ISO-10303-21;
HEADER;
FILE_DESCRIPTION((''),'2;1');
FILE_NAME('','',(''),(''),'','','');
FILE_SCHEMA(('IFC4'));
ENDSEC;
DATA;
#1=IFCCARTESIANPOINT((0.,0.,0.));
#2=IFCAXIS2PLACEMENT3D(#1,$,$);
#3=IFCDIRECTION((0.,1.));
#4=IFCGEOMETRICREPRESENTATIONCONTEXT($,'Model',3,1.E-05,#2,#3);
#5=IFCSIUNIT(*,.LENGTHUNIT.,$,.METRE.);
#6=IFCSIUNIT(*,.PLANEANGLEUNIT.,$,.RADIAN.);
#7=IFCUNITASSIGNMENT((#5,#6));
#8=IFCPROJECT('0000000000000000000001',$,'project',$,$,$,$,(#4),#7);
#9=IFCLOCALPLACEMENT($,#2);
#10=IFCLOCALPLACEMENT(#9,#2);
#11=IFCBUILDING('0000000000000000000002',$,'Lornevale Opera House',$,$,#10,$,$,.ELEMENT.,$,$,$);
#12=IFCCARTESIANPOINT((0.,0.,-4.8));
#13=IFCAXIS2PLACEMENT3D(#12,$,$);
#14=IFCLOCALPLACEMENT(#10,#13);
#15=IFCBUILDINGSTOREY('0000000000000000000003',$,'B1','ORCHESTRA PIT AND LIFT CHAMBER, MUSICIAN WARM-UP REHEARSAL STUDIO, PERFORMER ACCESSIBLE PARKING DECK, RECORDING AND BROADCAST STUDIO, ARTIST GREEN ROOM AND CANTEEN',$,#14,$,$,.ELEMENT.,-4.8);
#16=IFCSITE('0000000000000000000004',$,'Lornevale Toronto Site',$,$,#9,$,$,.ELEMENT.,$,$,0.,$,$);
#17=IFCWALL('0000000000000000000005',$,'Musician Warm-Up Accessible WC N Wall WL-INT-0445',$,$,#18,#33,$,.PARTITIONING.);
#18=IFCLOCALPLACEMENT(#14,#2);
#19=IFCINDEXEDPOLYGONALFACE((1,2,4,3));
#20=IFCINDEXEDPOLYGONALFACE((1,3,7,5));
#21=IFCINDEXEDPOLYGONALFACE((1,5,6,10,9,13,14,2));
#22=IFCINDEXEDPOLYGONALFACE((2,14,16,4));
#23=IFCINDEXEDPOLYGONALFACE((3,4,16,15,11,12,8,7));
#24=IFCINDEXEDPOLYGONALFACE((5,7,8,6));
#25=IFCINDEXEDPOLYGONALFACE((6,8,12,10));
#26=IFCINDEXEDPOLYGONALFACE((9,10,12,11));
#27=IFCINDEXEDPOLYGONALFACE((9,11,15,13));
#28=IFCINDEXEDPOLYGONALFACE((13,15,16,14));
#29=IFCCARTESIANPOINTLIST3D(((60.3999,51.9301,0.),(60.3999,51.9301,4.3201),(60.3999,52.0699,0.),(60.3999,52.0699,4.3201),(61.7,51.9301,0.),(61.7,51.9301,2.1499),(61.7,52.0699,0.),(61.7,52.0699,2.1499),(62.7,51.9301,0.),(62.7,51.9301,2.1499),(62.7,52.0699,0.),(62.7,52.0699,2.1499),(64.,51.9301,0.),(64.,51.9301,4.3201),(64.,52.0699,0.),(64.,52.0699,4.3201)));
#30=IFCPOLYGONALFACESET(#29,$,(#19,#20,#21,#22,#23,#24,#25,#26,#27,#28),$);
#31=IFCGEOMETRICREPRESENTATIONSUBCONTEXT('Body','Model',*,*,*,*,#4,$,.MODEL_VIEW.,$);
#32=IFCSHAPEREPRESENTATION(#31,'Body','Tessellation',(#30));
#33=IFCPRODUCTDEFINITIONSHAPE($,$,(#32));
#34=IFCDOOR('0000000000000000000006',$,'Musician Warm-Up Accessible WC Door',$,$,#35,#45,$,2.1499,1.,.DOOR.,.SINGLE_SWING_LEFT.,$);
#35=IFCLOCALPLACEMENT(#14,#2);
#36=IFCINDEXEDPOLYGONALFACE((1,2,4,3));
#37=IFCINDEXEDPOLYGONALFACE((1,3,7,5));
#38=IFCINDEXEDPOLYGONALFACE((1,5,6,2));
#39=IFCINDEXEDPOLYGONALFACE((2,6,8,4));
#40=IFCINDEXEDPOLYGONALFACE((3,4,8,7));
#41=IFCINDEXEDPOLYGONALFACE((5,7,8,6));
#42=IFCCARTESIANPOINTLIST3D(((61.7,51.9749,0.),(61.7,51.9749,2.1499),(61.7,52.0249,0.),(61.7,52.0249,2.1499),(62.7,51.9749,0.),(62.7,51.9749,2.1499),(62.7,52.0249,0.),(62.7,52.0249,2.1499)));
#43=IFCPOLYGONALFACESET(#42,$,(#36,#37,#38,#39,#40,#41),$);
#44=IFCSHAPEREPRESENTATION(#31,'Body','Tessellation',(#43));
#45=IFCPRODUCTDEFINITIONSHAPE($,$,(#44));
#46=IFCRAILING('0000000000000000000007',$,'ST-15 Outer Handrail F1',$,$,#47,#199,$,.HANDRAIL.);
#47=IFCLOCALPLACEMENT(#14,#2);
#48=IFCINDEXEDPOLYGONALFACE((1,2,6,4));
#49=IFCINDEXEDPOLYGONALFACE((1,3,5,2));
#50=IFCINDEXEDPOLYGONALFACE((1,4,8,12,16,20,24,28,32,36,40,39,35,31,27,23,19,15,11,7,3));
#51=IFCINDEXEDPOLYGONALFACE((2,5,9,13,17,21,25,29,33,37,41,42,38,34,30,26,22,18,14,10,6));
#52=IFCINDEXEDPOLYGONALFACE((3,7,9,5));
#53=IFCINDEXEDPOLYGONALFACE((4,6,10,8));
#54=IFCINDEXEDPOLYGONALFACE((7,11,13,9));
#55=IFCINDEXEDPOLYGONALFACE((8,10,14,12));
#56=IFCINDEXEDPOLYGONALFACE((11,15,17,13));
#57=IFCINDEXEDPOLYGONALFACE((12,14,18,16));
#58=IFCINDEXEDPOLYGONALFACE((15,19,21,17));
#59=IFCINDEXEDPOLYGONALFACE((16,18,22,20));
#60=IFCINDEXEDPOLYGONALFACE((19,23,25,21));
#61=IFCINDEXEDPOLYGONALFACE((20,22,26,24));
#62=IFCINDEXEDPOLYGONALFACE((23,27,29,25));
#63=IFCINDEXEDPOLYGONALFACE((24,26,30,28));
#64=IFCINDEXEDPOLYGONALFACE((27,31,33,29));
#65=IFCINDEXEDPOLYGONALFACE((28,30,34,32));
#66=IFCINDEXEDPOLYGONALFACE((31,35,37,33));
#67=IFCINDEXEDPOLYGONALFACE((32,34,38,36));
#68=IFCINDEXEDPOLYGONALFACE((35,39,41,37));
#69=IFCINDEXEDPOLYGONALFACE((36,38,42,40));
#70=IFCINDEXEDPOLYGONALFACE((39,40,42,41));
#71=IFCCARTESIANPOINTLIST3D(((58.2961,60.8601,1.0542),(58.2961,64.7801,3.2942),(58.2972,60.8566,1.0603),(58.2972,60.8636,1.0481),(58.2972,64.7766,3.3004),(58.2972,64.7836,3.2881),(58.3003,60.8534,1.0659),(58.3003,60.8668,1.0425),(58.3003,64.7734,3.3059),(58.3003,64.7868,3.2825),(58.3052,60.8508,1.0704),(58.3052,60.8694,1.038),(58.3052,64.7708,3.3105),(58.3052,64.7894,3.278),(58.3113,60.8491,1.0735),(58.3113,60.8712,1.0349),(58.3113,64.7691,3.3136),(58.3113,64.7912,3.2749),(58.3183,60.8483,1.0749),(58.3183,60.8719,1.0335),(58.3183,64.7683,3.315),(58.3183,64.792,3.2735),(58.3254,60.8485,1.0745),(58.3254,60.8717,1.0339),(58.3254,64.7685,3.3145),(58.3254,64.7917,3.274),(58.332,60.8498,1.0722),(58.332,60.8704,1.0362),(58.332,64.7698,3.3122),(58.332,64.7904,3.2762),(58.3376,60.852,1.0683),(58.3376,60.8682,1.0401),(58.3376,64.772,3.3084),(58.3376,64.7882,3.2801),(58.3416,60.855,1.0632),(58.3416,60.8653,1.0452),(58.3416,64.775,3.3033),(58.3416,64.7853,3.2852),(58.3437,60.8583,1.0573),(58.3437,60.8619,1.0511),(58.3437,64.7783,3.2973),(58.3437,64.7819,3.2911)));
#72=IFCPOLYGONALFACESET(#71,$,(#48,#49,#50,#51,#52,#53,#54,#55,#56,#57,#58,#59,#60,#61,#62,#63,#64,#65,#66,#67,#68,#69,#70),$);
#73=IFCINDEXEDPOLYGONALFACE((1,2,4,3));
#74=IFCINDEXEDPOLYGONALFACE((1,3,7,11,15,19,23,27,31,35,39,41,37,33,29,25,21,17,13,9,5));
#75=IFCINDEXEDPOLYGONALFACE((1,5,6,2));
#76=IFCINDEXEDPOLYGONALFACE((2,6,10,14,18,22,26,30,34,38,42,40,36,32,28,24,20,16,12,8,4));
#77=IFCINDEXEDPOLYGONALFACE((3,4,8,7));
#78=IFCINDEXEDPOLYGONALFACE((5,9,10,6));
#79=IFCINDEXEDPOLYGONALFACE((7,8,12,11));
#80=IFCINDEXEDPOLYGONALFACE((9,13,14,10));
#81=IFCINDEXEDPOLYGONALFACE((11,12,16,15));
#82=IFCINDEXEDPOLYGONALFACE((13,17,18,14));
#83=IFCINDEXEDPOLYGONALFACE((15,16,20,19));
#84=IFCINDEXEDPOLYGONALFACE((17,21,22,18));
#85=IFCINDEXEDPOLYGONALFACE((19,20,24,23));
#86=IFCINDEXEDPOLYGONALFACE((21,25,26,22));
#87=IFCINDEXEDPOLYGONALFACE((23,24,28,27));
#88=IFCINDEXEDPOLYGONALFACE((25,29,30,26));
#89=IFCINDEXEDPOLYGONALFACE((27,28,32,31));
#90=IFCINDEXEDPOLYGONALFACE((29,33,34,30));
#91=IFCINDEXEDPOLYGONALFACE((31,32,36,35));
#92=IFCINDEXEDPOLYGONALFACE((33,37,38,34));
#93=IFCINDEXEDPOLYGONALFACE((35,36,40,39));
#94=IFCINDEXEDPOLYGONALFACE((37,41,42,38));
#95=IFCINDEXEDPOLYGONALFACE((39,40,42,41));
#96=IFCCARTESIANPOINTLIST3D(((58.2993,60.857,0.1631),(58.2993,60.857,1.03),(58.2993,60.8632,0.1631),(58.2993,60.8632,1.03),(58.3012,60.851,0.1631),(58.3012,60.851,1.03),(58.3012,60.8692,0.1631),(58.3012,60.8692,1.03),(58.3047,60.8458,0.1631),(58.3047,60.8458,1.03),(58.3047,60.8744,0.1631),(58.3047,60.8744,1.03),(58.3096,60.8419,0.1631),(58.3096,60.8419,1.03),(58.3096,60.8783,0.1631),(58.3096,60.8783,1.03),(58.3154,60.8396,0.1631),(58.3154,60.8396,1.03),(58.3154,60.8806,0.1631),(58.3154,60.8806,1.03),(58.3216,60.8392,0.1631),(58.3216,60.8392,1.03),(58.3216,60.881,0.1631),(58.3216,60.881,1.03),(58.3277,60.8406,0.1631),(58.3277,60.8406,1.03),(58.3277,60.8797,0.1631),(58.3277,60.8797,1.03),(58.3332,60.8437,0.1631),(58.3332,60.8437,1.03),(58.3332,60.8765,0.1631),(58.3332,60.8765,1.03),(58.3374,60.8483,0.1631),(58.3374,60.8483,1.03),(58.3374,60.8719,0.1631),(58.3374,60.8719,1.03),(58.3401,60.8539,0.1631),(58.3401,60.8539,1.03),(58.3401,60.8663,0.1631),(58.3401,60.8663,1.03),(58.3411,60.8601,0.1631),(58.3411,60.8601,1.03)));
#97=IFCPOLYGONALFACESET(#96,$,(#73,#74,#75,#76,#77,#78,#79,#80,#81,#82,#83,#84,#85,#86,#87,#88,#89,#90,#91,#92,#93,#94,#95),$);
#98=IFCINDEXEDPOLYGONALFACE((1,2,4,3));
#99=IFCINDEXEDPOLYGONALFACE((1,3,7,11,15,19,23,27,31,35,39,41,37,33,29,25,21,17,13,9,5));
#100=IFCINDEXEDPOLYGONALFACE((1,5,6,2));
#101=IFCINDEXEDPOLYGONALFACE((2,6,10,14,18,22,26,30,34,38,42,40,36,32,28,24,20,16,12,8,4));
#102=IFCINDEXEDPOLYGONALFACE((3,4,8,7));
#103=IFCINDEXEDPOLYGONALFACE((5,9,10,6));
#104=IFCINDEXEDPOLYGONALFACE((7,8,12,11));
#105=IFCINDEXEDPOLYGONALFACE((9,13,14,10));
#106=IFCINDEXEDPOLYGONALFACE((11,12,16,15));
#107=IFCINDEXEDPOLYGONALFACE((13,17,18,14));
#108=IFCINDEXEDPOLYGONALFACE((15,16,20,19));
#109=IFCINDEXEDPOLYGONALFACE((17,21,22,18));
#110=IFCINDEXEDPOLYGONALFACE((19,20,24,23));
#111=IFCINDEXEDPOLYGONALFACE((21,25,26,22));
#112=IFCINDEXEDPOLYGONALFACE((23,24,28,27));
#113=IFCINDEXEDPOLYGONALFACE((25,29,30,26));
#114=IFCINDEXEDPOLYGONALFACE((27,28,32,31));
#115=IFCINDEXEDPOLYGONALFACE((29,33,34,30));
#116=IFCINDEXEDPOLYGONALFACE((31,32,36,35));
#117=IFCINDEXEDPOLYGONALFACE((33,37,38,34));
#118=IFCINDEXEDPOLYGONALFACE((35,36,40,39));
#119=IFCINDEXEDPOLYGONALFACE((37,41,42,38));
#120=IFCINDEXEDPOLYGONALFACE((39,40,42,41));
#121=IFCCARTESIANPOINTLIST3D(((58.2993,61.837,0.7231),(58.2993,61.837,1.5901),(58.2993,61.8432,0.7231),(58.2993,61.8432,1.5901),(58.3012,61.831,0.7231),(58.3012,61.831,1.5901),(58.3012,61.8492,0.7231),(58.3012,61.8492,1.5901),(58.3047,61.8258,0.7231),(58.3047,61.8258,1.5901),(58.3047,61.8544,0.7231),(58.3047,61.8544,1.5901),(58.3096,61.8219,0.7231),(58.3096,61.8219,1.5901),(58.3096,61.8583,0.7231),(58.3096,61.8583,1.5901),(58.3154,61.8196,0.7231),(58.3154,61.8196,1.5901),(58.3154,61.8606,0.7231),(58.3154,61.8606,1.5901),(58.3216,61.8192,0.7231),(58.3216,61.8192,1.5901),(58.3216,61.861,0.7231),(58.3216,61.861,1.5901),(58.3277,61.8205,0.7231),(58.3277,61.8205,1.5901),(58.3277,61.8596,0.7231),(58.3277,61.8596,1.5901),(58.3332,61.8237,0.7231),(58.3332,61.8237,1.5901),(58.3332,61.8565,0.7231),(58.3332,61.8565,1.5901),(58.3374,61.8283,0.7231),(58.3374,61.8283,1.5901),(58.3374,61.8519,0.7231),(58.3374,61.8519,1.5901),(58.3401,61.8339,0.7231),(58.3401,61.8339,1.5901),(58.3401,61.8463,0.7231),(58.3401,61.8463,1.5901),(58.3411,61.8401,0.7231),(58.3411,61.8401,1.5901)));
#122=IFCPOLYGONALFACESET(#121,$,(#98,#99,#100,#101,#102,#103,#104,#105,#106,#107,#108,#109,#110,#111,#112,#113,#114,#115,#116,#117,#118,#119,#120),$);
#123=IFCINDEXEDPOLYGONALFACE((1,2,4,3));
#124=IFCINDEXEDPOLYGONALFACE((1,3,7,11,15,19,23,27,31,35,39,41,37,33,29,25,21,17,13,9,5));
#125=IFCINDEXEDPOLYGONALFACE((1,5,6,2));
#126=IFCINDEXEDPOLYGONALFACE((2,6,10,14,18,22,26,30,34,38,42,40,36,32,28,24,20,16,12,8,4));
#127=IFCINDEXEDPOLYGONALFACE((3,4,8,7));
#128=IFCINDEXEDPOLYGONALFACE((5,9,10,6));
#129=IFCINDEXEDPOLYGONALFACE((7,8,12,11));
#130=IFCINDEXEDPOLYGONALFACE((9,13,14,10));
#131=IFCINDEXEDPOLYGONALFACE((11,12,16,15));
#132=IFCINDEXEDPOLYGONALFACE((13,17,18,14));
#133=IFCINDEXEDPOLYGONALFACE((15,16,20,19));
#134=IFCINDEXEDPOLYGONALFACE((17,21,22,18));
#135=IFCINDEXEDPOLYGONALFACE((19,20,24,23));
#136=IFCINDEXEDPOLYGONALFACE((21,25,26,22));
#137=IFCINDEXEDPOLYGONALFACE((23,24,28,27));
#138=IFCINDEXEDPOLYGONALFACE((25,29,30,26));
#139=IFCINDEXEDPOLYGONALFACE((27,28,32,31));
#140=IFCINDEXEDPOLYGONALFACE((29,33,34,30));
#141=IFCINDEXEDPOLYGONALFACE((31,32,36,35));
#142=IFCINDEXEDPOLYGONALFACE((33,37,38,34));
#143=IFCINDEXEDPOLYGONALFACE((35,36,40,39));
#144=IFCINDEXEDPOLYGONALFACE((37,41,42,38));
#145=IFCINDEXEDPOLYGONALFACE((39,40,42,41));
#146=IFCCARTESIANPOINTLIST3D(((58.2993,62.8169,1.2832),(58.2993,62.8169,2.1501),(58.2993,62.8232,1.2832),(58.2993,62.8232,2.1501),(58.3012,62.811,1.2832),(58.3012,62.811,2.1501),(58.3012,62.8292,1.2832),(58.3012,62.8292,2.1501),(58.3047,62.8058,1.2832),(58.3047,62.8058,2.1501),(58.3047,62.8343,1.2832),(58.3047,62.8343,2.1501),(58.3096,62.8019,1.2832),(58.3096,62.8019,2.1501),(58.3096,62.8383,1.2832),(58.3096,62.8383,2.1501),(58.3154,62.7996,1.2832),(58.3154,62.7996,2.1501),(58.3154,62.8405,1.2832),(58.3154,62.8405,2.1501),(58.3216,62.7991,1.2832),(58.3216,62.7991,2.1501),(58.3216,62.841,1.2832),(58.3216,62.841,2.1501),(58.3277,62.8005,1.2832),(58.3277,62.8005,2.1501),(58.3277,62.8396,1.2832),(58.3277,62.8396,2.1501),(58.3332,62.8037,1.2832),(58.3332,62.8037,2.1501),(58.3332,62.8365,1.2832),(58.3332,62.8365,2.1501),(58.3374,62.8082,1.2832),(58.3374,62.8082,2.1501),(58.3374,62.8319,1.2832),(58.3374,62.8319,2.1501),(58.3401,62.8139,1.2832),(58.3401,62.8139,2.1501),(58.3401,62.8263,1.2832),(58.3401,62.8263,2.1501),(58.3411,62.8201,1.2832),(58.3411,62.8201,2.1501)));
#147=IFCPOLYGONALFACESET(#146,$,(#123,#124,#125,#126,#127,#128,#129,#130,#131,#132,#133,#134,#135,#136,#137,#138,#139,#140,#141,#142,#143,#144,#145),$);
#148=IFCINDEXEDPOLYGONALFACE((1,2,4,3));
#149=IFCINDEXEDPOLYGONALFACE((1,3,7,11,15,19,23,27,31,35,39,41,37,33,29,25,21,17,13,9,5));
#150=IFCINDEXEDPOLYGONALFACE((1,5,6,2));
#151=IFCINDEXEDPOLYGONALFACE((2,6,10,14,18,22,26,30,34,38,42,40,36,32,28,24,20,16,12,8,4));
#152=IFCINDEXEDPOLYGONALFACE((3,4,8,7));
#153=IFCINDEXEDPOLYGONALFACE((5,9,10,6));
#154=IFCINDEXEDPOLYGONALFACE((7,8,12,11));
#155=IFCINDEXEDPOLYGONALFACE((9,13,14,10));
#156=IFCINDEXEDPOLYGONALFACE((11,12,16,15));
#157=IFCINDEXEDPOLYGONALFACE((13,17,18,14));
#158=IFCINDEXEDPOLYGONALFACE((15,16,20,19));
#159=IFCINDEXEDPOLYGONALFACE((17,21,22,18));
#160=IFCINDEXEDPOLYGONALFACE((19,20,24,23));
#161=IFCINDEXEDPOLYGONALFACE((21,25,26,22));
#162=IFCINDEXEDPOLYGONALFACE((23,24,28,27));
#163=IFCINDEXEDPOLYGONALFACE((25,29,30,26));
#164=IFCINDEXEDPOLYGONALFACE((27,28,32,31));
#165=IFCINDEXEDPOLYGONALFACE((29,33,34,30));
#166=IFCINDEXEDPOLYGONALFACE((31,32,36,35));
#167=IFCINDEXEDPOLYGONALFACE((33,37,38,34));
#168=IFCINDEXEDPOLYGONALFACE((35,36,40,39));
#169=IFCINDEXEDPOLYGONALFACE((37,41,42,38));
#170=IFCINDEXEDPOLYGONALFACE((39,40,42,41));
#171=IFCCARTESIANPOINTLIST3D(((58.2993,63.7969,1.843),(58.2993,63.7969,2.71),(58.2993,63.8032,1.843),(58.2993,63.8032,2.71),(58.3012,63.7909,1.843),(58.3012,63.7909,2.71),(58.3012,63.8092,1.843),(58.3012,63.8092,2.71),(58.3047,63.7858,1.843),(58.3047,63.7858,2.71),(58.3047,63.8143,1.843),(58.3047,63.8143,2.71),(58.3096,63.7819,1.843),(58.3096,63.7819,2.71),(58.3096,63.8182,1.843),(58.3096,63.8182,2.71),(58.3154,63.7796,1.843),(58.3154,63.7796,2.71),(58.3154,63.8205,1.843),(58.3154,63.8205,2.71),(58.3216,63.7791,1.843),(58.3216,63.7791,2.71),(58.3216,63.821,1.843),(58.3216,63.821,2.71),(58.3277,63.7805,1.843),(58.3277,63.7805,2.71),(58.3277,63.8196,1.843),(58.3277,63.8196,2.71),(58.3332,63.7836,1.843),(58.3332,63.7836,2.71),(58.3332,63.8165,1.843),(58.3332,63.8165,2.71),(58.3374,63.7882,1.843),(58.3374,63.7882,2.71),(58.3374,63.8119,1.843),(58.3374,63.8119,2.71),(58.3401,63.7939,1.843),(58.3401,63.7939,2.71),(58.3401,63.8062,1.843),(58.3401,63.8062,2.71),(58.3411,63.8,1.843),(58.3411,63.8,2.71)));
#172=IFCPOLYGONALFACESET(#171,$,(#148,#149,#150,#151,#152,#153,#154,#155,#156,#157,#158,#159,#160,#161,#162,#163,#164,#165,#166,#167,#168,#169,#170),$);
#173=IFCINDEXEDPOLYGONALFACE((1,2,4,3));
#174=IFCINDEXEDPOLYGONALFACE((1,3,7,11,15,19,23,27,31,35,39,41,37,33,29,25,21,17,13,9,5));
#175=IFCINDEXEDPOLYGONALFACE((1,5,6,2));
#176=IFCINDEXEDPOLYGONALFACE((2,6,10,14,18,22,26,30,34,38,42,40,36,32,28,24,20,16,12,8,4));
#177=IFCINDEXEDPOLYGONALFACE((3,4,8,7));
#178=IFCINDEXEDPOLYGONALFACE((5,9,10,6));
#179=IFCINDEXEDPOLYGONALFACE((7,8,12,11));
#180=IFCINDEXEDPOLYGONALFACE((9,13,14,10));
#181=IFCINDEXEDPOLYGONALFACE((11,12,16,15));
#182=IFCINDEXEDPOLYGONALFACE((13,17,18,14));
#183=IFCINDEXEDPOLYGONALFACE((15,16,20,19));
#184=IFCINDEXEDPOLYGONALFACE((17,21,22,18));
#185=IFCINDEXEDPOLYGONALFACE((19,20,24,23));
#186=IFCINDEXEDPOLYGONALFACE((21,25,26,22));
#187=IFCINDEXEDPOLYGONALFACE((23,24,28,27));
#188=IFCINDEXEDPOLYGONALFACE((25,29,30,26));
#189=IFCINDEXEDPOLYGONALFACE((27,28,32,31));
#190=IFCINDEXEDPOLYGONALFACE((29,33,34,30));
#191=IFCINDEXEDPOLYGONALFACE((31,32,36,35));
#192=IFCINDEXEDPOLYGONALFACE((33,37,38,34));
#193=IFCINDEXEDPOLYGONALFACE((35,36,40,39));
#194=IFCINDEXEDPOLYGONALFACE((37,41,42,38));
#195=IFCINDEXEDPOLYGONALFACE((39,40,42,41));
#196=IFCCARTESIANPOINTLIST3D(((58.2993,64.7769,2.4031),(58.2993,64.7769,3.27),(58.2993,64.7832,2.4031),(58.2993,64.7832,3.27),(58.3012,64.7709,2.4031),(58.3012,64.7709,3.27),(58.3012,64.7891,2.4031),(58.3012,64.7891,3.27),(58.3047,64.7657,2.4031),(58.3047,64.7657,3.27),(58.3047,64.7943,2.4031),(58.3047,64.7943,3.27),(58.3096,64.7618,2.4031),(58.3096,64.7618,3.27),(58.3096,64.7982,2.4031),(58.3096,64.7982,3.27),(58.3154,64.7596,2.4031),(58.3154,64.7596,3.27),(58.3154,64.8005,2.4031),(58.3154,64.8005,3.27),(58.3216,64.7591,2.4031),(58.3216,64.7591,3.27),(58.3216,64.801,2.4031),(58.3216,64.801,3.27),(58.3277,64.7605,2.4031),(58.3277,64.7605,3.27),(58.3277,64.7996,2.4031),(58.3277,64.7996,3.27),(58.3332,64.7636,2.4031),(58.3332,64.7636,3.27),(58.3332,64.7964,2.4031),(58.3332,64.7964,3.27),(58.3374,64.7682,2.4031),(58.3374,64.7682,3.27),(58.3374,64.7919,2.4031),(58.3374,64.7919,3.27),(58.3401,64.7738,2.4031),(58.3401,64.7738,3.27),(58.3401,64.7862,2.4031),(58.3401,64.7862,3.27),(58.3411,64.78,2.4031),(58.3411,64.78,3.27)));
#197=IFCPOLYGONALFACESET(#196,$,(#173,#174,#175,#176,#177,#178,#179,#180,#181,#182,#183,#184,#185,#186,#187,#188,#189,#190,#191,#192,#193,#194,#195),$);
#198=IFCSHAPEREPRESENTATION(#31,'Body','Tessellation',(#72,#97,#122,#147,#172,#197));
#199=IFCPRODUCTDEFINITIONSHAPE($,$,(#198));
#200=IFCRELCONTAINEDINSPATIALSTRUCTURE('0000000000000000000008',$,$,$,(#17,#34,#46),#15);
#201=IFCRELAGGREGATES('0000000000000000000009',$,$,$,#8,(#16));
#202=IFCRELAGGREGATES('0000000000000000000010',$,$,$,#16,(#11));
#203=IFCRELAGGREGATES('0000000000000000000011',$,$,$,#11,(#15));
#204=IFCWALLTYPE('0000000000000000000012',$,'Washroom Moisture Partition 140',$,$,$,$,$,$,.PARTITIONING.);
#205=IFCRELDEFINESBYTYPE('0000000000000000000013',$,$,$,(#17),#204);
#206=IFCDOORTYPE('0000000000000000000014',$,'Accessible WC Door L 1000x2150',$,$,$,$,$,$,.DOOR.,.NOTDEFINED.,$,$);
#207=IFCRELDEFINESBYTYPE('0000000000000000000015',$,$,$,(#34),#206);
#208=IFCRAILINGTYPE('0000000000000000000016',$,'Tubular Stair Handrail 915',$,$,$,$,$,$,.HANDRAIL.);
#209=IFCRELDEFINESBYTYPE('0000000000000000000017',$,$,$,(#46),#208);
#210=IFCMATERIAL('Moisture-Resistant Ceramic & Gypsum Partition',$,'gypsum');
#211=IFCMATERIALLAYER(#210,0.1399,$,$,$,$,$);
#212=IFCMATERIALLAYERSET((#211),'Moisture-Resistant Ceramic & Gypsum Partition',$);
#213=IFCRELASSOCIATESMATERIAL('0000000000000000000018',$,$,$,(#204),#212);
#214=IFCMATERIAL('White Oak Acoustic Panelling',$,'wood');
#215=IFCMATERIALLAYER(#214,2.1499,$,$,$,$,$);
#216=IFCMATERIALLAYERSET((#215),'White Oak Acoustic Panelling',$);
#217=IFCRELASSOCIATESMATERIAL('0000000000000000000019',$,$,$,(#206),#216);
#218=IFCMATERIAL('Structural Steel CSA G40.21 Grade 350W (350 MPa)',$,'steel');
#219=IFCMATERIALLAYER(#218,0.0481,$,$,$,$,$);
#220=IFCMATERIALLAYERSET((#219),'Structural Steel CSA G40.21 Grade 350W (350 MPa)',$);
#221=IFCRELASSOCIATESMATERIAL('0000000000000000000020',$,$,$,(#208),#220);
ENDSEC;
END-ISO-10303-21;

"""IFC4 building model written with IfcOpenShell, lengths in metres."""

from ifc_helpers import new_model, si_unit, direction, frame, frame_2d, origin, origin_2d, place, context, subcontext, project, spatial, rectangle, circle, extrude, material, layer, layer_set, type_object, element, fill, save


model = new_model("IFC4")

# Units and contexts
model_context = context("Model", 3, precision=1e-05, world=origin(), true_north=direction((0.0, 1.0)))
body_context = subcontext(model_context, "Body", "Model", "MODEL_VIEW")
ifc_project = project(units=[si_unit("LENGTHUNIT", "METRE"), si_unit("PLANEANGLEUNIT", "RADIAN")], contexts=[model_context])

# Site, building, storey
site_placement = place(None, origin())
site = spatial("IfcSite", under=ifc_project, at=site_placement, Name="Lornevale Toronto Site", CompositionType="ELEMENT", RefElevation=0.0)
building_placement = place(site_placement, origin())
building = spatial("IfcBuilding", under=site, at=building_placement, Name="Lornevale Opera House", CompositionType="ELEMENT")
storey_placement = place(building_placement, frame((0.0, 0.0, -4.8)))
storey = spatial("IfcBuildingStorey", under=building, at=storey_placement, Name="B1", Description="ORCHESTRA PIT AND LIFT CHAMBER, MUSICIAN WARM-UP REHEARSAL STUDIO, PERFORMER ACCESSIBLE PARKING DECK, RECORDING AND BROADCAST STUDIO, ARTIST GREEN ROOM AND CANTEEN", CompositionType="ELEMENT", Elevation=-4.8)

# Shared definitions
ifc_material_1 = material(Name="White Oak Acoustic Panelling", Category="wood")

# Wall, opening, door
ifc_material_2 = material(Name="Moisture-Resistant Ceramic & Gypsum Partition", Category="gypsum")
ifc_layer_1 = layer(ifc_material_2, 0.1399)
ifc_layer_set_1 = layer_set([ifc_layer_1], Name="Moisture-Resistant Ceramic & Gypsum Partition")
wall_type_1 = type_object("IfcWallType", Name="Washroom Moisture Partition 140", PredefinedType="PARTITIONING", material=ifc_layer_set_1)
wall_1_placement = place(storey_placement, frame((60.3999, 52.0, 0.0), z_axis=(0.0, 0.0, 1.0), x_axis=(1.0, 0.0, 0.0)))
wall_1 = element("IfcWall", 1, at=wall_1_placement, inside=storey, type_object=wall_type_1, Name="Musician Warm-Up Accessible WC N Wall WL-INT-0445", PredefinedType="PARTITIONING", context=body_context, shape_type="SweptSolid", body=[
    extrude(rectangle(XDim=3.6001, YDim=0.1399, at=frame_2d((1.8, 0.0))), origin(), (0.0, 0.0, 1.0), 4.3201),
])
opening_1_placement = place(wall_1_placement, frame((1.3, 0.0, 0.0)))
opening_1 = element("IfcOpeningElement", 2, at=opening_1_placement, cuts=wall_1, PredefinedType="OPENING", context=body_context, shape_type="SweptSolid", body=[
    extrude(rectangle(XDim=1.0, YDim=2.1499, at=frame_2d((0.5, 1.075))), frame((0.0, 0.0798, 0.0), z_axis=(0.0, -1.0, 0.0), x_axis=(1.0, 0.0, 0.0)), (0.0, 0.0, 1.0), 0.1599),
])
ifc_layer_2 = layer(ifc_material_1, 2.1499)
ifc_layer_set_2 = layer_set([ifc_layer_2], Name="White Oak Acoustic Panelling")
door_type_1 = type_object("IfcDoorType", Name="Accessible WC Door L 1000x2150", OperationType="NOTDEFINED", PredefinedType="DOOR", material=ifc_layer_set_2)
door_1_placement = place(opening_1_placement, origin())
door_1 = element("IfcDoor", 3, at=door_1_placement, inside=storey, type_object=door_type_1, Name="Musician Warm-Up Accessible WC Door", OperationType="SINGLE_SWING_LEFT", OverallHeight=2.1499, OverallWidth=1.0, PredefinedType="DOOR", context=body_context, shape_type="SweptSolid", body=[
    extrude(rectangle(XDim=1.0, YDim=2.1499, at=frame_2d((0.5, 1.075))), frame((0.0, 0.0249, 0.0), z_axis=(0.0, -1.0, 0.0), x_axis=(1.0, 0.0, 0.0)), (0.0, 0.0, 1.0), 0.05),
])
fill(opening_1, door_1)

# Railing
ifc_material_3 = material(Name="Structural Steel CSA G40.21 Grade 350W (350 MPa)", Category="steel")
ifc_layer_3 = layer(ifc_material_3, 0.0481)
ifc_layer_set_3 = layer_set([ifc_layer_3], Name="Structural Steel CSA G40.21 Grade 350W (350 MPa)")
railing_type_1 = type_object("IfcRailingType", Name="Tubular Stair Handrail 915", PredefinedType="HANDRAIL", material=ifc_layer_set_3)
railing_1_placement = place(storey_placement, frame((58.3201, 60.8601, 0.1631)))
element("IfcRailing", 4, at=railing_1_placement, inside=storey, type_object=railing_type_1, Name="ST-15 Outer Handrail F1", PredefinedType="HANDRAIL", context=body_context, shape_type="SweptSolid", body=[
    extrude(circle(Radius=0.0239, at=origin_2d()), frame((0.0, 0.0, 0.8911), z_axis=(0.0, 0.86824, 0.496145), x_axis=(-1.0, 0.0, 0.0)), (0.0, 0.0, 1.0), 4.5149),
    extrude(circle(Radius=0.021, at=origin_2d()), origin(), (0.0, 0.0, 1.0), 0.8669),
    extrude(circle(Radius=0.021, at=origin_2d()), frame((0.0, 0.98, 0.5601)), (0.0, 0.0, 1.0), 0.8669),
    extrude(circle(Radius=0.021, at=origin_2d()), frame((0.0, 1.96, 1.1201)), (0.0, 0.0, 1.0), 0.8669),
    extrude(circle(Radius=0.021, at=origin_2d()), frame((0.0, 2.9399, 1.6799)), (0.0, 0.0, 1.0), 0.8669),
    extrude(circle(Radius=0.021, at=origin_2d()), frame((0.0, 3.9199, 2.24)), (0.0, 0.0, 1.0), 0.8669),
])

save(model, "model.ifc")
